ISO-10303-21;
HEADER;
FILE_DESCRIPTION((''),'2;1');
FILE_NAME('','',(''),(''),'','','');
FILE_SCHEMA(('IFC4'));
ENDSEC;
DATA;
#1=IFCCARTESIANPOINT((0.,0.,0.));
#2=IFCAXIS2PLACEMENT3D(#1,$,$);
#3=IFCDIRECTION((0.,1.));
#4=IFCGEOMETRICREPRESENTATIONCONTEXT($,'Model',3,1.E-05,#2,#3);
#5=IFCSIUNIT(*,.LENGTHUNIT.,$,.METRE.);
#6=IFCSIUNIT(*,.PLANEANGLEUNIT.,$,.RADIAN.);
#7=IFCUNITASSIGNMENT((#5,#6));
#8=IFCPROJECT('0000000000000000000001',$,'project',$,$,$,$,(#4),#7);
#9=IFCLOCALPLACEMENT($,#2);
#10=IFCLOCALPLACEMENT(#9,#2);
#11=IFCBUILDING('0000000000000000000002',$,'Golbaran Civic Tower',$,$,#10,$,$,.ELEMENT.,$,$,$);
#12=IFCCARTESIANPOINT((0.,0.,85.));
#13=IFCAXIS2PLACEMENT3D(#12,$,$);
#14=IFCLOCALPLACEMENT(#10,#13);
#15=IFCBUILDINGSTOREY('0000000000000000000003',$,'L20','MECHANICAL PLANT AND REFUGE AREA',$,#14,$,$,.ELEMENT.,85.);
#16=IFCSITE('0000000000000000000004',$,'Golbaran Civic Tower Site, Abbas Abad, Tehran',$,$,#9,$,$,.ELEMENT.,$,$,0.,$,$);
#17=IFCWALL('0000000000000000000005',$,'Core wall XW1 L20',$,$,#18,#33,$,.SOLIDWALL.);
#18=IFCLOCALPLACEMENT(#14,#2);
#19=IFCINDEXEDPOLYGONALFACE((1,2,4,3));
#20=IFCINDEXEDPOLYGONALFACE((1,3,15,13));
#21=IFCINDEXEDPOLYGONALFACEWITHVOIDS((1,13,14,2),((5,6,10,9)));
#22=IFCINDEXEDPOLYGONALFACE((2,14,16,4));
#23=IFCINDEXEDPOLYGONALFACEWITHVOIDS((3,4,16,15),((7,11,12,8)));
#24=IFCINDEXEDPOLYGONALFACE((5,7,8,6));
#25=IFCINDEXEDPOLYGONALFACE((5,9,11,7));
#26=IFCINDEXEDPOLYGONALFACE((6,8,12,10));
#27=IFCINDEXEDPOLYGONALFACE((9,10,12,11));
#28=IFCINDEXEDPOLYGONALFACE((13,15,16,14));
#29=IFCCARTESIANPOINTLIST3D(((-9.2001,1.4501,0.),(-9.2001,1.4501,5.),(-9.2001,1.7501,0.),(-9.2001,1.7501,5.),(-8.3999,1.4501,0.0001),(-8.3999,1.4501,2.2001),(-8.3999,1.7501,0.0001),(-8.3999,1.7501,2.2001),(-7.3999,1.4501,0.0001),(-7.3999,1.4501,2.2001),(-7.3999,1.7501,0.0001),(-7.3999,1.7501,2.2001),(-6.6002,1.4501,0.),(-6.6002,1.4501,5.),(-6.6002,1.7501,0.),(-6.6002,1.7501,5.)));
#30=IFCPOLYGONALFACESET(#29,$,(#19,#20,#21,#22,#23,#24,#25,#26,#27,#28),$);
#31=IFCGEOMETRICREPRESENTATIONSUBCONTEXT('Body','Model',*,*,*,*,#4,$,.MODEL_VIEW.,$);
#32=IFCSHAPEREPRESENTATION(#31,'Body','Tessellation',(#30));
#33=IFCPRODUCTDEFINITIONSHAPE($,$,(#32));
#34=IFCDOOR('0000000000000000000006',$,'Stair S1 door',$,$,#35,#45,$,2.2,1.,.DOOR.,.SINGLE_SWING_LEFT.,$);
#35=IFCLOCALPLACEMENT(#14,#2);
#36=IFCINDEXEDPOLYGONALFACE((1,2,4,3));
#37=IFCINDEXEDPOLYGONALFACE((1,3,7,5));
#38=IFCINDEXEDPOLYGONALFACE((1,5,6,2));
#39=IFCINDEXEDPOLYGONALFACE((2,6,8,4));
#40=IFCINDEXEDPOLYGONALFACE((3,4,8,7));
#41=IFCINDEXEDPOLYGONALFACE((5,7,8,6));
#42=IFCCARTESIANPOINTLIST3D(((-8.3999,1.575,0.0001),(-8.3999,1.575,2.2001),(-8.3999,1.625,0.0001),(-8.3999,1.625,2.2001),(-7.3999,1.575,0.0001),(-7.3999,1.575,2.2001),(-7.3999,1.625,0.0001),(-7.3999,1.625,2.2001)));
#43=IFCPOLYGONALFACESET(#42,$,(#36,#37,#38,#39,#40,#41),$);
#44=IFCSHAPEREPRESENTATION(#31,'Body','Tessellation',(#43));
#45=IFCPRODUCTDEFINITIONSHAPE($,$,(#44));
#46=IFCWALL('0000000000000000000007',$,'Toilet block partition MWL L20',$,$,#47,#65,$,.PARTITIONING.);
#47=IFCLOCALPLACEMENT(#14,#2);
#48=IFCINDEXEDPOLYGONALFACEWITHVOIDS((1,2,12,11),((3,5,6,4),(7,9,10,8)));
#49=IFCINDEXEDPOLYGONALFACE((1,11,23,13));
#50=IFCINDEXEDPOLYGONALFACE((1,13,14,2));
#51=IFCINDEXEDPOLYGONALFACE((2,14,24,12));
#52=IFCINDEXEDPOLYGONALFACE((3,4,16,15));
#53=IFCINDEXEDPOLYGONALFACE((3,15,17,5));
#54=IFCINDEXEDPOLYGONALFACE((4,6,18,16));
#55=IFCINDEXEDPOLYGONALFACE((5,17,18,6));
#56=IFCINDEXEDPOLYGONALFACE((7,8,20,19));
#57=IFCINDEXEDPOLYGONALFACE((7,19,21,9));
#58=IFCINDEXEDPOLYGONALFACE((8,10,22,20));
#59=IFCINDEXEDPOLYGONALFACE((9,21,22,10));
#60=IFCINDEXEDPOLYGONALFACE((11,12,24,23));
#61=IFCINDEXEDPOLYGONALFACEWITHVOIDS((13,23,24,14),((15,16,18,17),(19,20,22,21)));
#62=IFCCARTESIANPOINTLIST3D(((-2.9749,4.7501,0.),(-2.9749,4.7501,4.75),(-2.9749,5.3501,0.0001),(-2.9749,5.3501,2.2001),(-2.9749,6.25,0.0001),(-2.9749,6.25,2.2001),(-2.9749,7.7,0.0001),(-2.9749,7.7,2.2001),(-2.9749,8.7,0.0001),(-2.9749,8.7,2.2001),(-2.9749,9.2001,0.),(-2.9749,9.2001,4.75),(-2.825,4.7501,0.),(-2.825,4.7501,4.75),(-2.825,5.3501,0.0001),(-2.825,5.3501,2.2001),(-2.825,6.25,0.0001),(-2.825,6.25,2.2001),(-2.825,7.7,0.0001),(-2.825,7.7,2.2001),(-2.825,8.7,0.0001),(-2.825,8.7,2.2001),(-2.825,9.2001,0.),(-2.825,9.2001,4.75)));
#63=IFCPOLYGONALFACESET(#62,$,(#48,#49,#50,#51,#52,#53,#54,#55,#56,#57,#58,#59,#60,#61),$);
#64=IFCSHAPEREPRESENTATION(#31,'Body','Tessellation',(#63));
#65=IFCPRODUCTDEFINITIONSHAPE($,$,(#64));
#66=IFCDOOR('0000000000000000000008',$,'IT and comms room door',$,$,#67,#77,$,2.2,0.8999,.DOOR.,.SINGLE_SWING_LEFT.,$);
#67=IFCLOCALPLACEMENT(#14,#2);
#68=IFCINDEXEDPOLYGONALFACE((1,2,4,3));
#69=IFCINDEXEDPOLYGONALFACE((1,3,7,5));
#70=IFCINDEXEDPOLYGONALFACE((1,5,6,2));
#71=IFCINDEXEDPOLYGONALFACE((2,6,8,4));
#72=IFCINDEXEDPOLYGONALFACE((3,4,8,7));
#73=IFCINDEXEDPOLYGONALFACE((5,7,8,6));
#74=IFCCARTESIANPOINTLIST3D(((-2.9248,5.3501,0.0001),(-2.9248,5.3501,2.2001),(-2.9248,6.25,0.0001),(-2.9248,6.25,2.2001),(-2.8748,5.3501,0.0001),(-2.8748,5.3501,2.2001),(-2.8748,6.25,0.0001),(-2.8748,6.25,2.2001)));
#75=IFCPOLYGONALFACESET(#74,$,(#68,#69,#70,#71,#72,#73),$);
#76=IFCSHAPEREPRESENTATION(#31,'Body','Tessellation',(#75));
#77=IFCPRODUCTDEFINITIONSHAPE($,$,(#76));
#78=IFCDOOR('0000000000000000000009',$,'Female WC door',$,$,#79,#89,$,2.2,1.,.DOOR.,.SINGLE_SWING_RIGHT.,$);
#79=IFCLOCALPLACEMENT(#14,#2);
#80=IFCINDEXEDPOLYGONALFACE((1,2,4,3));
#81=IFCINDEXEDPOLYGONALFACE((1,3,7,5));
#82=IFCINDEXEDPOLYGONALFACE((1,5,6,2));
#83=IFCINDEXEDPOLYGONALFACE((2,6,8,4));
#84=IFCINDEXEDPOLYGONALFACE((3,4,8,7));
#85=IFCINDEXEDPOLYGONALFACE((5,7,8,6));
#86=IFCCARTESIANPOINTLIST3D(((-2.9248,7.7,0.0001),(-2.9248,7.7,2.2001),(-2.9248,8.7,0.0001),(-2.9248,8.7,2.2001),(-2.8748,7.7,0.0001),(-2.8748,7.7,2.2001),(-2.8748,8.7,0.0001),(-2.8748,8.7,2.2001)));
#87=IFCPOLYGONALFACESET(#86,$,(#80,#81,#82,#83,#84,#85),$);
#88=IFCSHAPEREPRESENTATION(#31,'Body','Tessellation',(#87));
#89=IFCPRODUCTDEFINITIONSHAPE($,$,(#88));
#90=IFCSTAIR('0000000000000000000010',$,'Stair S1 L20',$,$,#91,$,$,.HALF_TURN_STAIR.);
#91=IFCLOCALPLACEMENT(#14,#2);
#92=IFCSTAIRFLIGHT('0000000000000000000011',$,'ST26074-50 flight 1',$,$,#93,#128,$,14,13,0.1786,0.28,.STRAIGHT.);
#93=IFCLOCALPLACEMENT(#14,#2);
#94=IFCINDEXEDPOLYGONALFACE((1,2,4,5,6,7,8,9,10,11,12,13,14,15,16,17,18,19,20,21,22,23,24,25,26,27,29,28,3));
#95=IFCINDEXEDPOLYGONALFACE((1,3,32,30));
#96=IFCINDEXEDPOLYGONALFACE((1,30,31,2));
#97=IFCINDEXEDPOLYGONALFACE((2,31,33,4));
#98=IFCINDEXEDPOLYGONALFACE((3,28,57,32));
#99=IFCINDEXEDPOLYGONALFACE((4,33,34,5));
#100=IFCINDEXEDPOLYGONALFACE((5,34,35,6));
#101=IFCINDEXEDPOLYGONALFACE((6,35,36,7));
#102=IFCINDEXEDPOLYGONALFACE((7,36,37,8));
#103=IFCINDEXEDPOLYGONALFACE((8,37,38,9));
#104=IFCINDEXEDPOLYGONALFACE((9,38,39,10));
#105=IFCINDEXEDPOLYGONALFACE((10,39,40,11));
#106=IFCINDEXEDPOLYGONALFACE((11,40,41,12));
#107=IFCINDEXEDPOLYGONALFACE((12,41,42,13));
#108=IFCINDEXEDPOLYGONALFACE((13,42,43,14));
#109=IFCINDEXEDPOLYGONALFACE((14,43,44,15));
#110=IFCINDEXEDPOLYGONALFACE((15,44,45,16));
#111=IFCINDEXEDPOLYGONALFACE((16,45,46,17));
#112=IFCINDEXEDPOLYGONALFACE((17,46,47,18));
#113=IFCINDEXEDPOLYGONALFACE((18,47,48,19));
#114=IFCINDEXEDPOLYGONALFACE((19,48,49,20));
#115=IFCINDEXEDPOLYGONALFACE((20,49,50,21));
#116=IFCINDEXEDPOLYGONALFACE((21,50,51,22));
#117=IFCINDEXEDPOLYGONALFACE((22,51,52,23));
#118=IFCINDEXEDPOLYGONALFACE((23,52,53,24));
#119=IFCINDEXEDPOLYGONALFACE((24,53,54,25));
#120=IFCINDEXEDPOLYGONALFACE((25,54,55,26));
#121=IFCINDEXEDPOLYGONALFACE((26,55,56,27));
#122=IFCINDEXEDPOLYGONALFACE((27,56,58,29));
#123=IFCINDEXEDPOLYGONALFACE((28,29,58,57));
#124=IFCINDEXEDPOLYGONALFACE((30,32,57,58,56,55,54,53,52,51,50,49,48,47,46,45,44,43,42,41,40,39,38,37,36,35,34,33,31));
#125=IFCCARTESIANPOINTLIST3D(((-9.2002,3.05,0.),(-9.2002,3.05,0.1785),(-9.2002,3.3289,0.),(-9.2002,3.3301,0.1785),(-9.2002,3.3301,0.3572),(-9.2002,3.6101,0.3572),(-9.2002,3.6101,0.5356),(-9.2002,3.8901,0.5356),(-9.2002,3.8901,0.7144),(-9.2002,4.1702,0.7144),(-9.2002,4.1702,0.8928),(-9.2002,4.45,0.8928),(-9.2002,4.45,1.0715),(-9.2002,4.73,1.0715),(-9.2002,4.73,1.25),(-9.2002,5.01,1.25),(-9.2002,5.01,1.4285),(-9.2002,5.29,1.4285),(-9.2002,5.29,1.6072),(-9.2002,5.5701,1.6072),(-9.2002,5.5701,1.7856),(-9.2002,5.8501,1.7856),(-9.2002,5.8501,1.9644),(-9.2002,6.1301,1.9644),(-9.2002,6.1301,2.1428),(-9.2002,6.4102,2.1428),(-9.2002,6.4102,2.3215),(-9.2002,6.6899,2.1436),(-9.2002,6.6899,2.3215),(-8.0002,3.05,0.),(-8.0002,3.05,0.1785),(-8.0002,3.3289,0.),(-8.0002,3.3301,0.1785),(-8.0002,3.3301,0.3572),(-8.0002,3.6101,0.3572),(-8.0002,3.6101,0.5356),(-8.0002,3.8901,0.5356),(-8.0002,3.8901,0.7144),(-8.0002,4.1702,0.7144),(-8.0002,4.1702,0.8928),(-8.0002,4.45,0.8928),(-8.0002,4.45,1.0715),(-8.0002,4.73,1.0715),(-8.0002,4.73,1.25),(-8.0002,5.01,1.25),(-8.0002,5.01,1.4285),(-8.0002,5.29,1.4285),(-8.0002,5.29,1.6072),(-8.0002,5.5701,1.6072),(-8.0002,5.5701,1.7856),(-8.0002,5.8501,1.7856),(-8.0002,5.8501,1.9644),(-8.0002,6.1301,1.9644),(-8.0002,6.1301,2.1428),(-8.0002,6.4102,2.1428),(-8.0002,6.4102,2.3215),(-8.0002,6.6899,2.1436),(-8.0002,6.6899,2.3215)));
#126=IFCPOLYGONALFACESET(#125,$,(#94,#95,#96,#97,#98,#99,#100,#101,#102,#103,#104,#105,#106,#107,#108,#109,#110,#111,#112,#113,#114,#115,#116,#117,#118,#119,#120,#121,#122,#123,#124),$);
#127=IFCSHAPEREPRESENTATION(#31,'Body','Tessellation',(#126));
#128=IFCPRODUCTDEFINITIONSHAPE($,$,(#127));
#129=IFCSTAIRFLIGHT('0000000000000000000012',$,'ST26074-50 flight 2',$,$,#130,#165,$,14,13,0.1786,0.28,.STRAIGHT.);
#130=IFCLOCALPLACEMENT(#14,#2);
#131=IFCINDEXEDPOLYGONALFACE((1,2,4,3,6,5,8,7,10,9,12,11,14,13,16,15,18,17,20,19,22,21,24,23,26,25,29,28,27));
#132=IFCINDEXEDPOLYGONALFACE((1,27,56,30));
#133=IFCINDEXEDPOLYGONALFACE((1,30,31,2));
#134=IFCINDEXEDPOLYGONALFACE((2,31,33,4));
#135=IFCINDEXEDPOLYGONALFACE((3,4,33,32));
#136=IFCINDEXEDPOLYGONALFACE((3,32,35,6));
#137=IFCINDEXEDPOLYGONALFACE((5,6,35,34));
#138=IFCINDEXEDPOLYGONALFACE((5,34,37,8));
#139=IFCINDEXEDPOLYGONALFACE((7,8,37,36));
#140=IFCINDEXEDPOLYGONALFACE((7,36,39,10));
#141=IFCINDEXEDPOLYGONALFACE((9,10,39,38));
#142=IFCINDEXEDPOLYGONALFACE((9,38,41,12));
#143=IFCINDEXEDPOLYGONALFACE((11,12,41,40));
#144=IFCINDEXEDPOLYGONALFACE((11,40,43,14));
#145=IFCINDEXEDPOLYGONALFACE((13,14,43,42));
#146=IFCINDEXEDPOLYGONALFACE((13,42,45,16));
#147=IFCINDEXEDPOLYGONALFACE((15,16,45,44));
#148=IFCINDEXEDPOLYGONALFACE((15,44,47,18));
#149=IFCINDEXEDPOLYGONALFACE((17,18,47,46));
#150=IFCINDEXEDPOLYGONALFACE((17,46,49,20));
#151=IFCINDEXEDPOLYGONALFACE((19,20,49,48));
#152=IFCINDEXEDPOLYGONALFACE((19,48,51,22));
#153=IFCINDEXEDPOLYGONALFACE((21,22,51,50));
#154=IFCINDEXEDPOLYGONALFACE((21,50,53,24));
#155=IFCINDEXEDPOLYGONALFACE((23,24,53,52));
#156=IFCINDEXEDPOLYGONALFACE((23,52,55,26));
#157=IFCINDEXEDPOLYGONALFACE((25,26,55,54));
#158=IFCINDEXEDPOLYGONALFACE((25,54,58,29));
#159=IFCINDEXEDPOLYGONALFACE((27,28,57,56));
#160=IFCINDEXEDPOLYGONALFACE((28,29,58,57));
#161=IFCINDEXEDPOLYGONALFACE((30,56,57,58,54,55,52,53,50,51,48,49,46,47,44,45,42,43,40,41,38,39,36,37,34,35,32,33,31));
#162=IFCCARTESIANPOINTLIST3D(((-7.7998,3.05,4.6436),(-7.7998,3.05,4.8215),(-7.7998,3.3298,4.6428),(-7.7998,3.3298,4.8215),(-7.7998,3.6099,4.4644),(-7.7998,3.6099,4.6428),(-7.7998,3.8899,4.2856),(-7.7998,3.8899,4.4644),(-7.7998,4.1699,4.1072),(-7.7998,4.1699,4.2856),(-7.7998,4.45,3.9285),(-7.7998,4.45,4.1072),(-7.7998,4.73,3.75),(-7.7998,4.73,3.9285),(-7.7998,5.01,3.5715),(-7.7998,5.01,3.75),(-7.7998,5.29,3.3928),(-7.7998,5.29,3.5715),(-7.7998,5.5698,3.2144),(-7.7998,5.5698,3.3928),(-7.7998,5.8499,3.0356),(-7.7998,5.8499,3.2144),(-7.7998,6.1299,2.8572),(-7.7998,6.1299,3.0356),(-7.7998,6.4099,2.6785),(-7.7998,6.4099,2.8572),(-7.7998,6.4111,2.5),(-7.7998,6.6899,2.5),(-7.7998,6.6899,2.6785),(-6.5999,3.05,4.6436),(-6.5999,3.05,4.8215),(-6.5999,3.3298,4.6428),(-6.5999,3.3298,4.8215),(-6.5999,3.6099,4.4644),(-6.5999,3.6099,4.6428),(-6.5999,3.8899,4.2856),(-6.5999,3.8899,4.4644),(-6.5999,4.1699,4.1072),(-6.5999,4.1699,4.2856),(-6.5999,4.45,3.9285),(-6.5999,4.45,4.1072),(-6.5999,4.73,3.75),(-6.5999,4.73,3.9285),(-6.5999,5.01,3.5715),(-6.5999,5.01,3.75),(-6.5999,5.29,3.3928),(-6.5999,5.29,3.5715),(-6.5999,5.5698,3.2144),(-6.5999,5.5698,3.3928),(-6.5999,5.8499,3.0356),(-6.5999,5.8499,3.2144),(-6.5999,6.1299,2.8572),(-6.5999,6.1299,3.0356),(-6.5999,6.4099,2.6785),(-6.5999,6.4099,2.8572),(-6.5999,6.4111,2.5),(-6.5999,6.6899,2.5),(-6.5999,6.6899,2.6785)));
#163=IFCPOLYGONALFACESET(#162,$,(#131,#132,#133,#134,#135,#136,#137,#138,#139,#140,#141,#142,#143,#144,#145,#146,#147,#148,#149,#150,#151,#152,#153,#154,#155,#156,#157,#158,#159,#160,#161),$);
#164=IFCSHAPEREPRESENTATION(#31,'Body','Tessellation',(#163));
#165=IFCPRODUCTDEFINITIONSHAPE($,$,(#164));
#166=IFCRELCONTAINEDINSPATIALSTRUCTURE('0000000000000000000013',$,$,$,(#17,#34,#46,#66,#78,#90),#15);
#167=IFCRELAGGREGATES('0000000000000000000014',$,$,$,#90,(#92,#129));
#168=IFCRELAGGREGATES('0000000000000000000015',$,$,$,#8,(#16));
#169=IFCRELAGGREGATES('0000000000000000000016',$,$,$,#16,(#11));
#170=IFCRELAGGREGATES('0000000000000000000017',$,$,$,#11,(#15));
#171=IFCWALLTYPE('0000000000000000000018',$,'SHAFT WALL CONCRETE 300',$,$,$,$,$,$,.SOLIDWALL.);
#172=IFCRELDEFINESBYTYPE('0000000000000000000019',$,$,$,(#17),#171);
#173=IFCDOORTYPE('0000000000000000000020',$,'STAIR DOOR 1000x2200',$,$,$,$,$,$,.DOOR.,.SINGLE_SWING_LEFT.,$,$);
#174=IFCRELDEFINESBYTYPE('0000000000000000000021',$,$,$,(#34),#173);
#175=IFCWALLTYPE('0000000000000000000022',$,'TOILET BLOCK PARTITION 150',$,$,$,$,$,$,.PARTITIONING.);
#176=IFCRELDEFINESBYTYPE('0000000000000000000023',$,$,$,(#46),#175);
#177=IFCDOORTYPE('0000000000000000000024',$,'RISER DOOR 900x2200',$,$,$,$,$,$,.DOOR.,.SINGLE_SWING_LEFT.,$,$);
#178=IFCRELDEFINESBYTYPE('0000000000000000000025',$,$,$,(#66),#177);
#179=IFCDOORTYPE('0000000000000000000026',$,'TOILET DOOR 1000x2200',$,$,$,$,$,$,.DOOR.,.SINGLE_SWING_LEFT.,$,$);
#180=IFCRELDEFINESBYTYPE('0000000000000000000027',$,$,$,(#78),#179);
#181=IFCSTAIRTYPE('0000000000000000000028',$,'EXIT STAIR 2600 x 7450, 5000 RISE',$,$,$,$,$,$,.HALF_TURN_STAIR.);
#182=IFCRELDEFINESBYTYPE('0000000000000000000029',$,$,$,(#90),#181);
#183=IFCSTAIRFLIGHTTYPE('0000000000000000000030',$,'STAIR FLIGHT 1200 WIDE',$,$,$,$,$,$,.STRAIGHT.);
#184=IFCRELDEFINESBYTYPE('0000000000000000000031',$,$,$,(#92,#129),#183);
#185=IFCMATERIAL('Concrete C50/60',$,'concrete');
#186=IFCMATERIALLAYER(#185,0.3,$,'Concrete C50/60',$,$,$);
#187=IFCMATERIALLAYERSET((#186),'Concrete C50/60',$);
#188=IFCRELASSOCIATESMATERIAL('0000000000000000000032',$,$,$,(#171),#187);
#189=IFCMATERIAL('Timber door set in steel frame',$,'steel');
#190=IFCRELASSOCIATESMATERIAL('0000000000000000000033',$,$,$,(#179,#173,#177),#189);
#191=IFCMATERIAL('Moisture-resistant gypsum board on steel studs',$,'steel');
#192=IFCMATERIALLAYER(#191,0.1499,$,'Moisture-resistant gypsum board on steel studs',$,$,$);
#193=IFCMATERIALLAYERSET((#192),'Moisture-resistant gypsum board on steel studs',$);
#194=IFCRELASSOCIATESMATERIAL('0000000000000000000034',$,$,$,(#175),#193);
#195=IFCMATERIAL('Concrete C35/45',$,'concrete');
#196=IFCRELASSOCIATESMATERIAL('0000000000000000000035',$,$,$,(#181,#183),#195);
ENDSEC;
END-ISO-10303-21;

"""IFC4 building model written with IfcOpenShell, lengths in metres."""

from ifc_helpers import new_model, si_unit, direction, frame, frame_2d, origin, place, context, subcontext, project, spatial, polyline, rectangle, outline, extrude, material, layer, layer_set, type_object, element, fill, aggregate, save


model = new_model("IFC4")

# Units and contexts
model_context = context("Model", 3, precision=1e-05, world=origin(), true_north=direction((0.0, 1.0)))
body_context = subcontext(model_context, "Body", "Model", "MODEL_VIEW")
ifc_project = project(units=[si_unit("LENGTHUNIT", "METRE"), si_unit("PLANEANGLEUNIT", "RADIAN")], contexts=[model_context])

# Site, building, storey
site_placement = place(None, origin())
site = spatial("IfcSite", under=ifc_project, at=site_placement, Name="Golbaran Civic Tower Site, Abbas Abad, Tehran", CompositionType="ELEMENT", RefElevation=0.0)
building_placement = place(site_placement, origin())
building = spatial("IfcBuilding", under=site, at=building_placement, Name="Golbaran Civic Tower", CompositionType="ELEMENT")
storey_placement = place(building_placement, frame((0.0, 0.0, 85.0)))
storey = spatial("IfcBuildingStorey", under=building, at=storey_placement, Name="L20", Description="MECHANICAL PLANT AND REFUGE AREA", CompositionType="ELEMENT", Elevation=85.0)

# Shared definitions
ifc_material_1 = material(Name="Timber door set in steel frame", Category="steel")

# Shared definitions
ifc_material_2 = material(Name="Concrete C50/60", Category="concrete")
ifc_layer_1 = layer(ifc_material_2, 0.3, Name="Concrete C50/60")
ifc_layer_set_1 = layer_set([ifc_layer_1], Name="Concrete C50/60")
wall_type_1 = type_object("IfcWallType", Name="SHAFT WALL CONCRETE 300", PredefinedType="SOLIDWALL", material=ifc_layer_set_1)

# Wall, opening, door
door_type_1 = type_object("IfcDoorType", Name="TOILET DOOR 1000x2200", OperationType="SINGLE_SWING_LEFT", PredefinedType="DOOR", material=ifc_material_1)
wall_1_placement = place(storey_placement, frame((-9.2, 1.6001, 0.0), z_axis=(0.0, 0.0, 1.0), x_axis=(1.0, 0.0, 0.0)))
wall_1 = element("IfcWall", 1, at=wall_1_placement, inside=storey, type_object=wall_type_1, Name="Core wall XW1 L20", PredefinedType="SOLIDWALL", context=body_context, shape_type="SweptSolid", body=[
    extrude(rectangle(XDim=2.5999, YDim=0.3, at=frame_2d((1.2998, 0.0))), origin(), (0.0, 0.0, 1.0), 5.0),
])
opening_1_placement = place(wall_1_placement, frame((0.8, 0.0, 0.0)))
opening_1 = element("IfcOpeningElement", 2, at=opening_1_placement, cuts=wall_1, PredefinedType="OPENING", context=body_context, shape_type="SweptSolid", body=[
    extrude(rectangle(XDim=1.0, YDim=2.2, at=frame_2d((0.5, 1.1001))), frame((0.0, 0.1599, 0.0), z_axis=(0.0, -1.0, 0.0), x_axis=(1.0, 0.0, 0.0)), (0.0, 0.0, 1.0), 0.3201),
])
door_type_2 = type_object("IfcDoorType", Name="STAIR DOOR 1000x2200", OperationType="SINGLE_SWING_LEFT", PredefinedType="DOOR", material=ifc_material_1)
door_1_placement = place(opening_1_placement, origin())
door_1 = element("IfcDoor", 3, at=door_1_placement, inside=storey, type_object=door_type_2, Name="Stair S1 door", OperationType="SINGLE_SWING_LEFT", OverallHeight=2.2, OverallWidth=1.0, PredefinedType="DOOR", context=body_context, shape_type="SweptSolid", body=[
    extrude(rectangle(XDim=1.0, YDim=2.2, at=frame_2d((0.5, 1.1001))), frame((0.0, 0.0249, 0.0), z_axis=(0.0, -1.0, 0.0), x_axis=(1.0, 0.0, 0.0)), (0.0, 0.0, 1.0), 0.05),
])
fill(opening_1, door_1)

# Wall, openings, doors
ifc_material_3 = material(Name="Moisture-resistant gypsum board on steel studs", Category="steel")
ifc_layer_2 = layer(ifc_material_3, 0.1499, Name="Moisture-resistant gypsum board on steel studs")
ifc_layer_set_2 = layer_set([ifc_layer_2], Name="Moisture-resistant gypsum board on steel studs")
wall_type_2 = type_object("IfcWallType", Name="TOILET BLOCK PARTITION 150", PredefinedType="PARTITIONING", material=ifc_layer_set_2)
wall_2_placement = place(storey_placement, frame((-2.8999, 4.75, 0.0), z_axis=(0.0, 0.0, 1.0), x_axis=(0.0, 1.0, 0.0)))
wall_2 = element("IfcWall", 4, at=wall_2_placement, inside=storey, type_object=wall_type_2, Name="Toilet block partition MWL L20", PredefinedType="PARTITIONING", context=body_context, shape_type="SweptSolid", body=[
    extrude(rectangle(XDim=4.45, YDim=0.1499, at=frame_2d((2.2251, 0.0))), origin(), (0.0, 0.0, 1.0), 4.75),
])
opening_2_placement = place(wall_2_placement, frame((2.95, 0.0, 0.0)))
opening_2 = element("IfcOpeningElement", 5, at=opening_2_placement, cuts=wall_2, PredefinedType="OPENING", context=body_context, shape_type="SweptSolid", body=[
    extrude(rectangle(XDim=1.0, YDim=2.2, at=frame_2d((0.5, 1.1001))), frame((0.0, 0.085, 0.0), z_axis=(0.0, -1.0, 0.0), x_axis=(1.0, 0.0, 0.0)), (0.0, 0.0, 1.0), 0.1699),
])
opening_3_placement = place(wall_2_placement, frame((0.6001, 0.0, 0.0)))
opening_3 = element("IfcOpeningElement", 6, at=opening_3_placement, cuts=wall_2, PredefinedType="OPENING", context=body_context, shape_type="SweptSolid", body=[
    extrude(rectangle(XDim=0.8999, YDim=2.2, at=frame_2d((0.45, 1.1001))), frame((0.0, 0.085, 0.0), z_axis=(0.0, -1.0, 0.0), x_axis=(1.0, 0.0, 0.0)), (0.0, 0.0, 1.0), 0.1699),
])
door_type_3 = type_object("IfcDoorType", Name="RISER DOOR 900x2200", OperationType="SINGLE_SWING_LEFT", PredefinedType="DOOR", material=ifc_material_1)
door_2_placement = place(opening_3_placement, origin())
door_2 = element("IfcDoor", 7, at=door_2_placement, inside=storey, type_object=door_type_3, Name="IT and comms room door", OperationType="SINGLE_SWING_LEFT", OverallHeight=2.2, OverallWidth=0.8999, PredefinedType="DOOR", context=body_context, shape_type="SweptSolid", body=[
    extrude(rectangle(XDim=0.8999, YDim=2.2, at=frame_2d((0.45, 1.1001))), frame((0.0, 0.0249, 0.0), z_axis=(0.0, -1.0, 0.0), x_axis=(1.0, 0.0, 0.0)), (0.0, 0.0, 1.0), 0.05),
])
fill(opening_3, door_2)
door_3_placement = place(opening_2_placement, origin())
door_3 = element("IfcDoor", 8, at=door_3_placement, inside=storey, type_object=door_type_1, Name="Female WC door", OperationType="SINGLE_SWING_RIGHT", OverallHeight=2.2, OverallWidth=1.0, PredefinedType="DOOR", context=body_context, shape_type="SweptSolid", body=[
    extrude(rectangle(XDim=1.0, YDim=2.2, at=frame_2d((0.5, 1.1001))), frame((0.0, 0.0249, 0.0), z_axis=(0.0, -1.0, 0.0), x_axis=(1.0, 0.0, 0.0)), (0.0, 0.0, 1.0), 0.05),
])
fill(opening_2, door_3)

# Stair, stair flights
ifc_material_4 = material(Name="Concrete C35/45", Category="concrete")
stair_type = type_object("IfcStairType", Name="EXIT STAIR 2600 x 7450, 5000 RISE", PredefinedType="HALF_TURN_STAIR", material=ifc_material_4)
stair_placement = place(storey_placement, origin())
stair = element("IfcStair", 9, at=stair_placement, inside=storey, type_object=stair_type, Name="Stair S1 L20", PredefinedType="HALF_TURN_STAIR")
stair_flight_type = type_object("IfcStairFlightType", Name="STAIR FLIGHT 1200 WIDE", PredefinedType="STRAIGHT", material=ifc_material_4)
stair_flight_1_placement = place(storey_placement, frame((-8.6001, 3.05, 0.0), z_axis=(0.0, 0.0, 1.0), x_axis=(0.0, 1.0, 0.0)))
stair_flight_1 = element("IfcStairFlight", 10, at=stair_flight_1_placement, type_object=stair_flight_type, Name="ST26074-50 flight 1", NumberOfRisers=14, NumberOfTreads=13, PredefinedType="STRAIGHT", RiserHeight=0.1786, TreadLength=0.28, context=body_context, shape_type="SweptSolid", body=[
    extrude(outline(polyline([(0.0, 0.0), (0.0, 0.1785), (0.28, 0.1785), (0.28, 0.3572), (0.5601, 0.3572), (0.5601, 0.5356), (0.8401, 0.5356), (0.8401, 0.7144), (1.1201, 0.7144), (1.1201, 0.8928), (1.3999, 0.8928), (1.3999, 1.0715), (1.6799, 1.0715), (1.6799, 1.25), (1.96, 1.25), (1.96, 1.4285), (2.24, 1.4285), (2.24, 1.6072), (2.52, 1.6072), (2.52, 1.7856), (2.8, 1.7856), (2.8, 1.9644), (3.0801, 1.9644), (3.0801, 2.1428), (3.3601, 2.1428), (3.3601, 2.3215), (3.6399, 2.3215), (3.6399, 2.5), (3.6399, 2.1436), (0.2788, 0.0), (0.0, 0.0)])), frame((0.0, 0.6001, 0.0), z_axis=(0.0, -1.0, 0.0), x_axis=(1.0, 0.0, 0.0)), (0.0, 0.0, 1.0), 1.2),
])
stair_flight_2_placement = place(storey_placement, frame((-7.2, 6.6899, 2.5), z_axis=(0.0, 0.0, 1.0), x_axis=(0.0, -1.0, 0.0)))
stair_flight_2 = element("IfcStairFlight", 11, at=stair_flight_2_placement, type_object=stair_flight_type, Name="ST26074-50 flight 2", NumberOfRisers=14, NumberOfTreads=13, PredefinedType="STRAIGHT", RiserHeight=0.1786, TreadLength=0.28, context=body_context, shape_type="SweptSolid", body=[
    extrude(outline(polyline([(0.0, 0.0), (0.0, 0.1785), (0.28, 0.1785), (0.28, 0.3572), (0.5601, 0.3572), (0.5601, 0.5356), (0.8401, 0.5356), (0.8401, 0.7144), (1.1201, 0.7144), (1.1201, 0.8928), (1.3999, 0.8928), (1.3999, 1.0715), (1.6799, 1.0715), (1.6799, 1.25), (1.96, 1.25), (1.96, 1.4285), (2.24, 1.4285), (2.24, 1.6072), (2.52, 1.6072), (2.52, 1.7856), (2.8, 1.7856), (2.8, 1.9644), (3.0801, 1.9644), (3.0801, 2.1428), (3.3601, 2.1428), (3.3601, 2.3215), (3.6399, 2.3215), (3.6399, 2.5), (3.6399, 2.1436), (0.2788, 0.0), (0.0, 0.0)])), frame((0.0, 0.6001, 0.0), z_axis=(0.0, -1.0, 0.0), x_axis=(1.0, 0.0, 0.0)), (0.0, 0.0, 1.0), 1.2),
])
aggregate(stair, [stair_flight_1, stair_flight_2])

save(model, "model.ifc")
